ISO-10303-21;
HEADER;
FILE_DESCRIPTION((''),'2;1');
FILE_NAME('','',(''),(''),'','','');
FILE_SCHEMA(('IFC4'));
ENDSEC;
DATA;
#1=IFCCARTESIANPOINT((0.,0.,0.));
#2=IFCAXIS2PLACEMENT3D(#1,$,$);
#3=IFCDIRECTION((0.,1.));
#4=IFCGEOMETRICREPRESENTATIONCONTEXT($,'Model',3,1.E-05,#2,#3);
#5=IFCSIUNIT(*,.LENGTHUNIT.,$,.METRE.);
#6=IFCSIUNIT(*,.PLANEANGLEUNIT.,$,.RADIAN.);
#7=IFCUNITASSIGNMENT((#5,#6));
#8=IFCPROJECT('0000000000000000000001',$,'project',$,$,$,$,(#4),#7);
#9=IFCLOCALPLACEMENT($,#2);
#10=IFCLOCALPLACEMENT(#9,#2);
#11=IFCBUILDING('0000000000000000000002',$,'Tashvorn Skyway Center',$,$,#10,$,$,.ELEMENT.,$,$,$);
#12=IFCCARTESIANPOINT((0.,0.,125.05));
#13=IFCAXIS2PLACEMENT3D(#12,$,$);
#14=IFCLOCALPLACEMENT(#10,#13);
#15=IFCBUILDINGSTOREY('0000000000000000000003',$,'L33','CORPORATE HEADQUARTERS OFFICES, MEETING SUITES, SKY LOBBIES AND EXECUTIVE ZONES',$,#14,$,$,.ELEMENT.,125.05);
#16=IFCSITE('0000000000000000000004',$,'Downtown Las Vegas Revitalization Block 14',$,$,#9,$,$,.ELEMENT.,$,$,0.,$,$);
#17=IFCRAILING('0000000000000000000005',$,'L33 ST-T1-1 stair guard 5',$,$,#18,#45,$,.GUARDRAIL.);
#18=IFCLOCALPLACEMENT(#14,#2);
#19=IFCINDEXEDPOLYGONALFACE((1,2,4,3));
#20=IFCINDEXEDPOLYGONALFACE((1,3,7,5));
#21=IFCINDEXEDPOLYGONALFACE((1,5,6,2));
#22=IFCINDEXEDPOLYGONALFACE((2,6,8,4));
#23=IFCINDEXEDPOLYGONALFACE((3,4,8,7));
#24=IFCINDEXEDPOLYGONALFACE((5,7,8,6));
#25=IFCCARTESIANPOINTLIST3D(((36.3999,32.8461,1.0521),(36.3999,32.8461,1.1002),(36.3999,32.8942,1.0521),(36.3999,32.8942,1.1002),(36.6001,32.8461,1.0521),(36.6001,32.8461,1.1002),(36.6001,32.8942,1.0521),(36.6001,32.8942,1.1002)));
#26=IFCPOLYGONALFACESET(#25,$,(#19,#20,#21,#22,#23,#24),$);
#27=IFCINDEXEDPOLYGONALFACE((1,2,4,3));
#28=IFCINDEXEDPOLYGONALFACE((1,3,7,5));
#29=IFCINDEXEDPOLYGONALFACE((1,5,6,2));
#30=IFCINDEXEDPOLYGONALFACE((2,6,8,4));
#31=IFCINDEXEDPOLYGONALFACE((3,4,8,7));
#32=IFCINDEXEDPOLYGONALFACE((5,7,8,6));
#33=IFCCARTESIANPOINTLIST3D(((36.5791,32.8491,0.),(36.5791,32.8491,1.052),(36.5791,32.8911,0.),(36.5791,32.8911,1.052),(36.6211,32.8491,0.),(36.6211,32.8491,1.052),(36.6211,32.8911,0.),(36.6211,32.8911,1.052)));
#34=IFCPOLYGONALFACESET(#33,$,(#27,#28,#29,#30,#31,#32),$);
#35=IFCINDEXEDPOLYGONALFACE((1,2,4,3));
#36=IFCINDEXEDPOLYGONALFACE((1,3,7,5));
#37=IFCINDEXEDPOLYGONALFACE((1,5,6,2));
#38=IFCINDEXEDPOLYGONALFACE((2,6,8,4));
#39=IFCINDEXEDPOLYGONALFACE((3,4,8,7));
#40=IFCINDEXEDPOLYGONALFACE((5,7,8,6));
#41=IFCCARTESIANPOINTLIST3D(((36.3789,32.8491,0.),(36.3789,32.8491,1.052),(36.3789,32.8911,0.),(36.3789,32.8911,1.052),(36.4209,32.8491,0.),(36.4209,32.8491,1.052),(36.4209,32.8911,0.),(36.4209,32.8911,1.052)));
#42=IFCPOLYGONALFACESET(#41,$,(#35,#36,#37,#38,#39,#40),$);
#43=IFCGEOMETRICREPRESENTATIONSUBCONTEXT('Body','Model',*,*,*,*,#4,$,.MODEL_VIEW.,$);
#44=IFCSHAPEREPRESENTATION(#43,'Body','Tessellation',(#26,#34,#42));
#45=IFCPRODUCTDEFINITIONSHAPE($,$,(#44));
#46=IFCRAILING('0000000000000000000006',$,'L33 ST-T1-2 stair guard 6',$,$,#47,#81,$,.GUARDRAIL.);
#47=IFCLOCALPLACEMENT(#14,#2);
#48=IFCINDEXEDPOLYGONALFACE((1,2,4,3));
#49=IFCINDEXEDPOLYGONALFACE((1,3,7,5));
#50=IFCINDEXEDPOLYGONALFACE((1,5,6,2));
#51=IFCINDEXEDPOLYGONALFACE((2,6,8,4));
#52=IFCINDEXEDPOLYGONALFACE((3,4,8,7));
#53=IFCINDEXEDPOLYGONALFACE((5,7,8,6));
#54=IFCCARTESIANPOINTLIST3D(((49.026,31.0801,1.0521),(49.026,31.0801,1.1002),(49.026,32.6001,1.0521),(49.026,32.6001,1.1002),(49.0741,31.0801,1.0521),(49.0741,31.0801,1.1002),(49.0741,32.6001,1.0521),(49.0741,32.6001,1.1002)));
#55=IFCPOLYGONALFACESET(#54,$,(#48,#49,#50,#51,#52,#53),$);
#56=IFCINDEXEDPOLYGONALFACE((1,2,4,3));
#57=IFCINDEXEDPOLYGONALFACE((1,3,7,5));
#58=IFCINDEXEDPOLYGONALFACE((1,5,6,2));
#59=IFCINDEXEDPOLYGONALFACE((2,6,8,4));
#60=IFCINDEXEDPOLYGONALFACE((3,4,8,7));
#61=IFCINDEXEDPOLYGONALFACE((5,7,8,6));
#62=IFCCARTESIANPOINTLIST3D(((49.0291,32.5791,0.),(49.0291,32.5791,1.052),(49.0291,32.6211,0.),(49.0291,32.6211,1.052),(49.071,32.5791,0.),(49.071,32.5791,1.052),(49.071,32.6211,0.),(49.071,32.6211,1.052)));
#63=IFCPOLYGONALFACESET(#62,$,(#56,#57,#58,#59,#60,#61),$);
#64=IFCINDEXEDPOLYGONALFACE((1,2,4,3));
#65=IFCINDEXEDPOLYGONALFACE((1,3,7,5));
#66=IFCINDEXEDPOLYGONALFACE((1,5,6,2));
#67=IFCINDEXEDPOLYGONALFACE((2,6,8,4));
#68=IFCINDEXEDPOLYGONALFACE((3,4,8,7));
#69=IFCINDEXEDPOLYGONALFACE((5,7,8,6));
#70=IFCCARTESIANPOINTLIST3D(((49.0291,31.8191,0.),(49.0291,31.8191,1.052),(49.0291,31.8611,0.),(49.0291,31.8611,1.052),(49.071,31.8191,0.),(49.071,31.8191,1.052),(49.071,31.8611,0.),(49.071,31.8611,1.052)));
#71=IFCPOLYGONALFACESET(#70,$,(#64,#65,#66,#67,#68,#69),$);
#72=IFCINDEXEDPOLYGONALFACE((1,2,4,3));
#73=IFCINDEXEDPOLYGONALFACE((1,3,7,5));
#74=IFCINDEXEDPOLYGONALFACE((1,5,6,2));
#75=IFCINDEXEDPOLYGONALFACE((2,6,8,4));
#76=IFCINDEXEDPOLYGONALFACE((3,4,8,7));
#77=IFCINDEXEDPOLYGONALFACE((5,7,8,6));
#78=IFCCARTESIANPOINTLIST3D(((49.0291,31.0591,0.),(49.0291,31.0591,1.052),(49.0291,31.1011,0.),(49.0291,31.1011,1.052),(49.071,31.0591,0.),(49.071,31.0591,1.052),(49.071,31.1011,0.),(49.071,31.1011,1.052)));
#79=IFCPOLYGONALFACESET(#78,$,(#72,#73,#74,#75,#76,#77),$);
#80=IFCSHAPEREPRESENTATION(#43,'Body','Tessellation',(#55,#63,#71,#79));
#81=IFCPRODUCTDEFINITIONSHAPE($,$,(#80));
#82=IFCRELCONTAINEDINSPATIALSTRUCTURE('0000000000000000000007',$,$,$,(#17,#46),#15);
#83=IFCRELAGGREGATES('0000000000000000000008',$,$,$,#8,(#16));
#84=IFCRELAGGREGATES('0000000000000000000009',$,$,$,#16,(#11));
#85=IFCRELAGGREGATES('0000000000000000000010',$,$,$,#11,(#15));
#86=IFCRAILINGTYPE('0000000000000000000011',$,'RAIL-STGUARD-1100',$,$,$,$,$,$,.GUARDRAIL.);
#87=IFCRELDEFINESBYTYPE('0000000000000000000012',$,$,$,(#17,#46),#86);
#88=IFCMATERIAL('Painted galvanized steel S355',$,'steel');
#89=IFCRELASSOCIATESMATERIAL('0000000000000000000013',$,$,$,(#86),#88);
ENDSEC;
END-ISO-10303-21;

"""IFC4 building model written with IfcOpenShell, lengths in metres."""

from ifc_helpers import new_model, si_unit, direction, frame, origin, origin_2d, place, context, subcontext, project, spatial, rectangle, extrude, material, type_object, element, save


model = new_model("IFC4")

# Units and contexts
model_context = context("Model", 3, precision=1e-05, world=origin(), true_north=direction((0.0, 1.0)))
body_context = subcontext(model_context, "Body", "Model", "MODEL_VIEW")
ifc_project = project(units=[si_unit("LENGTHUNIT", "METRE"), si_unit("PLANEANGLEUNIT", "RADIAN")], contexts=[model_context])

# Site, building, storey
site_placement = place(None, origin())
site = spatial("IfcSite", under=ifc_project, at=site_placement, Name="Downtown Las Vegas Revitalization Block 14", CompositionType="ELEMENT", RefElevation=0.0)
building_placement = place(site_placement, origin())
building = spatial("IfcBuilding", under=site, at=building_placement, Name="Tashvorn Skyway Center", CompositionType="ELEMENT")
storey_placement = place(building_placement, frame((0.0, 0.0, 125.05)))
storey = spatial("IfcBuildingStorey", under=building, at=storey_placement, Name="L33", Description="CORPORATE HEADQUARTERS OFFICES, MEETING SUITES, SKY LOBBIES AND EXECUTIVE ZONES", CompositionType="ELEMENT", Elevation=125.05)

# Railings
ifc_material_1 = material(Name="Painted galvanized steel S355", Category="steel")
railing_type_1 = type_object("IfcRailingType", Name="RAIL-STGUARD-1100", PredefinedType="GUARDRAIL", material=ifc_material_1)
for number, where, name in (
    (1, (36.6001, 32.8701, 0.0), "L33 ST-T1-1 stair guard 5"),
):
    element("IfcRailing", number, at=place(storey_placement, frame(where)), inside=storey, type_object=railing_type_1, Name=name, PredefinedType="GUARDRAIL", context=body_context, shape_type="SweptSolid", body=[
        extrude(rectangle(XDim=0.0481, YDim=0.0481, at=origin_2d()), frame((0.0, 0.0, 1.0762), z_axis=(-1.0, 0.0, 0.0), x_axis=(0.0, -1.0, 0.0)), (0.0, 0.0, 1.0), 0.2002),
        extrude(rectangle(XDim=0.042, YDim=0.042, at=origin_2d()), origin(), (0.0, 0.0, 1.0), 1.052),
        extrude(rectangle(XDim=0.042, YDim=0.042, at=origin_2d()), frame((-0.2002, 0.0, 0.0)), (0.0, 0.0, 1.0), 1.052),
    ])
railing_1_placement = place(storey_placement, frame((49.05, 32.6001, 0.0)))
element("IfcRailing", 2, at=railing_1_placement, inside=storey, type_object=railing_type_1, Name="L33 ST-T1-2 stair guard 6", PredefinedType="GUARDRAIL", context=body_context, shape_type="SweptSolid", body=[
    extrude(rectangle(XDim=0.0481, YDim=0.0481, at=origin_2d()), frame((0.0, 0.0, 1.0762), z_axis=(0.0, -1.0, 0.0), x_axis=(1.0, 0.0, 0.0)), (0.0, 0.0, 1.0), 1.52),
    extrude(rectangle(XDim=0.042, YDim=0.042, at=origin_2d()), origin(), (0.0, 0.0, 1.0), 1.052),
    extrude(rectangle(XDim=0.042, YDim=0.042, at=origin_2d()), frame((0.0, -0.76, 0.0)), (0.0, 0.0, 1.0), 1.052),
    extrude(rectangle(XDim=0.042, YDim=0.042, at=origin_2d()), frame((0.0, -1.52, 0.0)), (0.0, 0.0, 1.0), 1.052),
])

save(model, "model.ifc")
